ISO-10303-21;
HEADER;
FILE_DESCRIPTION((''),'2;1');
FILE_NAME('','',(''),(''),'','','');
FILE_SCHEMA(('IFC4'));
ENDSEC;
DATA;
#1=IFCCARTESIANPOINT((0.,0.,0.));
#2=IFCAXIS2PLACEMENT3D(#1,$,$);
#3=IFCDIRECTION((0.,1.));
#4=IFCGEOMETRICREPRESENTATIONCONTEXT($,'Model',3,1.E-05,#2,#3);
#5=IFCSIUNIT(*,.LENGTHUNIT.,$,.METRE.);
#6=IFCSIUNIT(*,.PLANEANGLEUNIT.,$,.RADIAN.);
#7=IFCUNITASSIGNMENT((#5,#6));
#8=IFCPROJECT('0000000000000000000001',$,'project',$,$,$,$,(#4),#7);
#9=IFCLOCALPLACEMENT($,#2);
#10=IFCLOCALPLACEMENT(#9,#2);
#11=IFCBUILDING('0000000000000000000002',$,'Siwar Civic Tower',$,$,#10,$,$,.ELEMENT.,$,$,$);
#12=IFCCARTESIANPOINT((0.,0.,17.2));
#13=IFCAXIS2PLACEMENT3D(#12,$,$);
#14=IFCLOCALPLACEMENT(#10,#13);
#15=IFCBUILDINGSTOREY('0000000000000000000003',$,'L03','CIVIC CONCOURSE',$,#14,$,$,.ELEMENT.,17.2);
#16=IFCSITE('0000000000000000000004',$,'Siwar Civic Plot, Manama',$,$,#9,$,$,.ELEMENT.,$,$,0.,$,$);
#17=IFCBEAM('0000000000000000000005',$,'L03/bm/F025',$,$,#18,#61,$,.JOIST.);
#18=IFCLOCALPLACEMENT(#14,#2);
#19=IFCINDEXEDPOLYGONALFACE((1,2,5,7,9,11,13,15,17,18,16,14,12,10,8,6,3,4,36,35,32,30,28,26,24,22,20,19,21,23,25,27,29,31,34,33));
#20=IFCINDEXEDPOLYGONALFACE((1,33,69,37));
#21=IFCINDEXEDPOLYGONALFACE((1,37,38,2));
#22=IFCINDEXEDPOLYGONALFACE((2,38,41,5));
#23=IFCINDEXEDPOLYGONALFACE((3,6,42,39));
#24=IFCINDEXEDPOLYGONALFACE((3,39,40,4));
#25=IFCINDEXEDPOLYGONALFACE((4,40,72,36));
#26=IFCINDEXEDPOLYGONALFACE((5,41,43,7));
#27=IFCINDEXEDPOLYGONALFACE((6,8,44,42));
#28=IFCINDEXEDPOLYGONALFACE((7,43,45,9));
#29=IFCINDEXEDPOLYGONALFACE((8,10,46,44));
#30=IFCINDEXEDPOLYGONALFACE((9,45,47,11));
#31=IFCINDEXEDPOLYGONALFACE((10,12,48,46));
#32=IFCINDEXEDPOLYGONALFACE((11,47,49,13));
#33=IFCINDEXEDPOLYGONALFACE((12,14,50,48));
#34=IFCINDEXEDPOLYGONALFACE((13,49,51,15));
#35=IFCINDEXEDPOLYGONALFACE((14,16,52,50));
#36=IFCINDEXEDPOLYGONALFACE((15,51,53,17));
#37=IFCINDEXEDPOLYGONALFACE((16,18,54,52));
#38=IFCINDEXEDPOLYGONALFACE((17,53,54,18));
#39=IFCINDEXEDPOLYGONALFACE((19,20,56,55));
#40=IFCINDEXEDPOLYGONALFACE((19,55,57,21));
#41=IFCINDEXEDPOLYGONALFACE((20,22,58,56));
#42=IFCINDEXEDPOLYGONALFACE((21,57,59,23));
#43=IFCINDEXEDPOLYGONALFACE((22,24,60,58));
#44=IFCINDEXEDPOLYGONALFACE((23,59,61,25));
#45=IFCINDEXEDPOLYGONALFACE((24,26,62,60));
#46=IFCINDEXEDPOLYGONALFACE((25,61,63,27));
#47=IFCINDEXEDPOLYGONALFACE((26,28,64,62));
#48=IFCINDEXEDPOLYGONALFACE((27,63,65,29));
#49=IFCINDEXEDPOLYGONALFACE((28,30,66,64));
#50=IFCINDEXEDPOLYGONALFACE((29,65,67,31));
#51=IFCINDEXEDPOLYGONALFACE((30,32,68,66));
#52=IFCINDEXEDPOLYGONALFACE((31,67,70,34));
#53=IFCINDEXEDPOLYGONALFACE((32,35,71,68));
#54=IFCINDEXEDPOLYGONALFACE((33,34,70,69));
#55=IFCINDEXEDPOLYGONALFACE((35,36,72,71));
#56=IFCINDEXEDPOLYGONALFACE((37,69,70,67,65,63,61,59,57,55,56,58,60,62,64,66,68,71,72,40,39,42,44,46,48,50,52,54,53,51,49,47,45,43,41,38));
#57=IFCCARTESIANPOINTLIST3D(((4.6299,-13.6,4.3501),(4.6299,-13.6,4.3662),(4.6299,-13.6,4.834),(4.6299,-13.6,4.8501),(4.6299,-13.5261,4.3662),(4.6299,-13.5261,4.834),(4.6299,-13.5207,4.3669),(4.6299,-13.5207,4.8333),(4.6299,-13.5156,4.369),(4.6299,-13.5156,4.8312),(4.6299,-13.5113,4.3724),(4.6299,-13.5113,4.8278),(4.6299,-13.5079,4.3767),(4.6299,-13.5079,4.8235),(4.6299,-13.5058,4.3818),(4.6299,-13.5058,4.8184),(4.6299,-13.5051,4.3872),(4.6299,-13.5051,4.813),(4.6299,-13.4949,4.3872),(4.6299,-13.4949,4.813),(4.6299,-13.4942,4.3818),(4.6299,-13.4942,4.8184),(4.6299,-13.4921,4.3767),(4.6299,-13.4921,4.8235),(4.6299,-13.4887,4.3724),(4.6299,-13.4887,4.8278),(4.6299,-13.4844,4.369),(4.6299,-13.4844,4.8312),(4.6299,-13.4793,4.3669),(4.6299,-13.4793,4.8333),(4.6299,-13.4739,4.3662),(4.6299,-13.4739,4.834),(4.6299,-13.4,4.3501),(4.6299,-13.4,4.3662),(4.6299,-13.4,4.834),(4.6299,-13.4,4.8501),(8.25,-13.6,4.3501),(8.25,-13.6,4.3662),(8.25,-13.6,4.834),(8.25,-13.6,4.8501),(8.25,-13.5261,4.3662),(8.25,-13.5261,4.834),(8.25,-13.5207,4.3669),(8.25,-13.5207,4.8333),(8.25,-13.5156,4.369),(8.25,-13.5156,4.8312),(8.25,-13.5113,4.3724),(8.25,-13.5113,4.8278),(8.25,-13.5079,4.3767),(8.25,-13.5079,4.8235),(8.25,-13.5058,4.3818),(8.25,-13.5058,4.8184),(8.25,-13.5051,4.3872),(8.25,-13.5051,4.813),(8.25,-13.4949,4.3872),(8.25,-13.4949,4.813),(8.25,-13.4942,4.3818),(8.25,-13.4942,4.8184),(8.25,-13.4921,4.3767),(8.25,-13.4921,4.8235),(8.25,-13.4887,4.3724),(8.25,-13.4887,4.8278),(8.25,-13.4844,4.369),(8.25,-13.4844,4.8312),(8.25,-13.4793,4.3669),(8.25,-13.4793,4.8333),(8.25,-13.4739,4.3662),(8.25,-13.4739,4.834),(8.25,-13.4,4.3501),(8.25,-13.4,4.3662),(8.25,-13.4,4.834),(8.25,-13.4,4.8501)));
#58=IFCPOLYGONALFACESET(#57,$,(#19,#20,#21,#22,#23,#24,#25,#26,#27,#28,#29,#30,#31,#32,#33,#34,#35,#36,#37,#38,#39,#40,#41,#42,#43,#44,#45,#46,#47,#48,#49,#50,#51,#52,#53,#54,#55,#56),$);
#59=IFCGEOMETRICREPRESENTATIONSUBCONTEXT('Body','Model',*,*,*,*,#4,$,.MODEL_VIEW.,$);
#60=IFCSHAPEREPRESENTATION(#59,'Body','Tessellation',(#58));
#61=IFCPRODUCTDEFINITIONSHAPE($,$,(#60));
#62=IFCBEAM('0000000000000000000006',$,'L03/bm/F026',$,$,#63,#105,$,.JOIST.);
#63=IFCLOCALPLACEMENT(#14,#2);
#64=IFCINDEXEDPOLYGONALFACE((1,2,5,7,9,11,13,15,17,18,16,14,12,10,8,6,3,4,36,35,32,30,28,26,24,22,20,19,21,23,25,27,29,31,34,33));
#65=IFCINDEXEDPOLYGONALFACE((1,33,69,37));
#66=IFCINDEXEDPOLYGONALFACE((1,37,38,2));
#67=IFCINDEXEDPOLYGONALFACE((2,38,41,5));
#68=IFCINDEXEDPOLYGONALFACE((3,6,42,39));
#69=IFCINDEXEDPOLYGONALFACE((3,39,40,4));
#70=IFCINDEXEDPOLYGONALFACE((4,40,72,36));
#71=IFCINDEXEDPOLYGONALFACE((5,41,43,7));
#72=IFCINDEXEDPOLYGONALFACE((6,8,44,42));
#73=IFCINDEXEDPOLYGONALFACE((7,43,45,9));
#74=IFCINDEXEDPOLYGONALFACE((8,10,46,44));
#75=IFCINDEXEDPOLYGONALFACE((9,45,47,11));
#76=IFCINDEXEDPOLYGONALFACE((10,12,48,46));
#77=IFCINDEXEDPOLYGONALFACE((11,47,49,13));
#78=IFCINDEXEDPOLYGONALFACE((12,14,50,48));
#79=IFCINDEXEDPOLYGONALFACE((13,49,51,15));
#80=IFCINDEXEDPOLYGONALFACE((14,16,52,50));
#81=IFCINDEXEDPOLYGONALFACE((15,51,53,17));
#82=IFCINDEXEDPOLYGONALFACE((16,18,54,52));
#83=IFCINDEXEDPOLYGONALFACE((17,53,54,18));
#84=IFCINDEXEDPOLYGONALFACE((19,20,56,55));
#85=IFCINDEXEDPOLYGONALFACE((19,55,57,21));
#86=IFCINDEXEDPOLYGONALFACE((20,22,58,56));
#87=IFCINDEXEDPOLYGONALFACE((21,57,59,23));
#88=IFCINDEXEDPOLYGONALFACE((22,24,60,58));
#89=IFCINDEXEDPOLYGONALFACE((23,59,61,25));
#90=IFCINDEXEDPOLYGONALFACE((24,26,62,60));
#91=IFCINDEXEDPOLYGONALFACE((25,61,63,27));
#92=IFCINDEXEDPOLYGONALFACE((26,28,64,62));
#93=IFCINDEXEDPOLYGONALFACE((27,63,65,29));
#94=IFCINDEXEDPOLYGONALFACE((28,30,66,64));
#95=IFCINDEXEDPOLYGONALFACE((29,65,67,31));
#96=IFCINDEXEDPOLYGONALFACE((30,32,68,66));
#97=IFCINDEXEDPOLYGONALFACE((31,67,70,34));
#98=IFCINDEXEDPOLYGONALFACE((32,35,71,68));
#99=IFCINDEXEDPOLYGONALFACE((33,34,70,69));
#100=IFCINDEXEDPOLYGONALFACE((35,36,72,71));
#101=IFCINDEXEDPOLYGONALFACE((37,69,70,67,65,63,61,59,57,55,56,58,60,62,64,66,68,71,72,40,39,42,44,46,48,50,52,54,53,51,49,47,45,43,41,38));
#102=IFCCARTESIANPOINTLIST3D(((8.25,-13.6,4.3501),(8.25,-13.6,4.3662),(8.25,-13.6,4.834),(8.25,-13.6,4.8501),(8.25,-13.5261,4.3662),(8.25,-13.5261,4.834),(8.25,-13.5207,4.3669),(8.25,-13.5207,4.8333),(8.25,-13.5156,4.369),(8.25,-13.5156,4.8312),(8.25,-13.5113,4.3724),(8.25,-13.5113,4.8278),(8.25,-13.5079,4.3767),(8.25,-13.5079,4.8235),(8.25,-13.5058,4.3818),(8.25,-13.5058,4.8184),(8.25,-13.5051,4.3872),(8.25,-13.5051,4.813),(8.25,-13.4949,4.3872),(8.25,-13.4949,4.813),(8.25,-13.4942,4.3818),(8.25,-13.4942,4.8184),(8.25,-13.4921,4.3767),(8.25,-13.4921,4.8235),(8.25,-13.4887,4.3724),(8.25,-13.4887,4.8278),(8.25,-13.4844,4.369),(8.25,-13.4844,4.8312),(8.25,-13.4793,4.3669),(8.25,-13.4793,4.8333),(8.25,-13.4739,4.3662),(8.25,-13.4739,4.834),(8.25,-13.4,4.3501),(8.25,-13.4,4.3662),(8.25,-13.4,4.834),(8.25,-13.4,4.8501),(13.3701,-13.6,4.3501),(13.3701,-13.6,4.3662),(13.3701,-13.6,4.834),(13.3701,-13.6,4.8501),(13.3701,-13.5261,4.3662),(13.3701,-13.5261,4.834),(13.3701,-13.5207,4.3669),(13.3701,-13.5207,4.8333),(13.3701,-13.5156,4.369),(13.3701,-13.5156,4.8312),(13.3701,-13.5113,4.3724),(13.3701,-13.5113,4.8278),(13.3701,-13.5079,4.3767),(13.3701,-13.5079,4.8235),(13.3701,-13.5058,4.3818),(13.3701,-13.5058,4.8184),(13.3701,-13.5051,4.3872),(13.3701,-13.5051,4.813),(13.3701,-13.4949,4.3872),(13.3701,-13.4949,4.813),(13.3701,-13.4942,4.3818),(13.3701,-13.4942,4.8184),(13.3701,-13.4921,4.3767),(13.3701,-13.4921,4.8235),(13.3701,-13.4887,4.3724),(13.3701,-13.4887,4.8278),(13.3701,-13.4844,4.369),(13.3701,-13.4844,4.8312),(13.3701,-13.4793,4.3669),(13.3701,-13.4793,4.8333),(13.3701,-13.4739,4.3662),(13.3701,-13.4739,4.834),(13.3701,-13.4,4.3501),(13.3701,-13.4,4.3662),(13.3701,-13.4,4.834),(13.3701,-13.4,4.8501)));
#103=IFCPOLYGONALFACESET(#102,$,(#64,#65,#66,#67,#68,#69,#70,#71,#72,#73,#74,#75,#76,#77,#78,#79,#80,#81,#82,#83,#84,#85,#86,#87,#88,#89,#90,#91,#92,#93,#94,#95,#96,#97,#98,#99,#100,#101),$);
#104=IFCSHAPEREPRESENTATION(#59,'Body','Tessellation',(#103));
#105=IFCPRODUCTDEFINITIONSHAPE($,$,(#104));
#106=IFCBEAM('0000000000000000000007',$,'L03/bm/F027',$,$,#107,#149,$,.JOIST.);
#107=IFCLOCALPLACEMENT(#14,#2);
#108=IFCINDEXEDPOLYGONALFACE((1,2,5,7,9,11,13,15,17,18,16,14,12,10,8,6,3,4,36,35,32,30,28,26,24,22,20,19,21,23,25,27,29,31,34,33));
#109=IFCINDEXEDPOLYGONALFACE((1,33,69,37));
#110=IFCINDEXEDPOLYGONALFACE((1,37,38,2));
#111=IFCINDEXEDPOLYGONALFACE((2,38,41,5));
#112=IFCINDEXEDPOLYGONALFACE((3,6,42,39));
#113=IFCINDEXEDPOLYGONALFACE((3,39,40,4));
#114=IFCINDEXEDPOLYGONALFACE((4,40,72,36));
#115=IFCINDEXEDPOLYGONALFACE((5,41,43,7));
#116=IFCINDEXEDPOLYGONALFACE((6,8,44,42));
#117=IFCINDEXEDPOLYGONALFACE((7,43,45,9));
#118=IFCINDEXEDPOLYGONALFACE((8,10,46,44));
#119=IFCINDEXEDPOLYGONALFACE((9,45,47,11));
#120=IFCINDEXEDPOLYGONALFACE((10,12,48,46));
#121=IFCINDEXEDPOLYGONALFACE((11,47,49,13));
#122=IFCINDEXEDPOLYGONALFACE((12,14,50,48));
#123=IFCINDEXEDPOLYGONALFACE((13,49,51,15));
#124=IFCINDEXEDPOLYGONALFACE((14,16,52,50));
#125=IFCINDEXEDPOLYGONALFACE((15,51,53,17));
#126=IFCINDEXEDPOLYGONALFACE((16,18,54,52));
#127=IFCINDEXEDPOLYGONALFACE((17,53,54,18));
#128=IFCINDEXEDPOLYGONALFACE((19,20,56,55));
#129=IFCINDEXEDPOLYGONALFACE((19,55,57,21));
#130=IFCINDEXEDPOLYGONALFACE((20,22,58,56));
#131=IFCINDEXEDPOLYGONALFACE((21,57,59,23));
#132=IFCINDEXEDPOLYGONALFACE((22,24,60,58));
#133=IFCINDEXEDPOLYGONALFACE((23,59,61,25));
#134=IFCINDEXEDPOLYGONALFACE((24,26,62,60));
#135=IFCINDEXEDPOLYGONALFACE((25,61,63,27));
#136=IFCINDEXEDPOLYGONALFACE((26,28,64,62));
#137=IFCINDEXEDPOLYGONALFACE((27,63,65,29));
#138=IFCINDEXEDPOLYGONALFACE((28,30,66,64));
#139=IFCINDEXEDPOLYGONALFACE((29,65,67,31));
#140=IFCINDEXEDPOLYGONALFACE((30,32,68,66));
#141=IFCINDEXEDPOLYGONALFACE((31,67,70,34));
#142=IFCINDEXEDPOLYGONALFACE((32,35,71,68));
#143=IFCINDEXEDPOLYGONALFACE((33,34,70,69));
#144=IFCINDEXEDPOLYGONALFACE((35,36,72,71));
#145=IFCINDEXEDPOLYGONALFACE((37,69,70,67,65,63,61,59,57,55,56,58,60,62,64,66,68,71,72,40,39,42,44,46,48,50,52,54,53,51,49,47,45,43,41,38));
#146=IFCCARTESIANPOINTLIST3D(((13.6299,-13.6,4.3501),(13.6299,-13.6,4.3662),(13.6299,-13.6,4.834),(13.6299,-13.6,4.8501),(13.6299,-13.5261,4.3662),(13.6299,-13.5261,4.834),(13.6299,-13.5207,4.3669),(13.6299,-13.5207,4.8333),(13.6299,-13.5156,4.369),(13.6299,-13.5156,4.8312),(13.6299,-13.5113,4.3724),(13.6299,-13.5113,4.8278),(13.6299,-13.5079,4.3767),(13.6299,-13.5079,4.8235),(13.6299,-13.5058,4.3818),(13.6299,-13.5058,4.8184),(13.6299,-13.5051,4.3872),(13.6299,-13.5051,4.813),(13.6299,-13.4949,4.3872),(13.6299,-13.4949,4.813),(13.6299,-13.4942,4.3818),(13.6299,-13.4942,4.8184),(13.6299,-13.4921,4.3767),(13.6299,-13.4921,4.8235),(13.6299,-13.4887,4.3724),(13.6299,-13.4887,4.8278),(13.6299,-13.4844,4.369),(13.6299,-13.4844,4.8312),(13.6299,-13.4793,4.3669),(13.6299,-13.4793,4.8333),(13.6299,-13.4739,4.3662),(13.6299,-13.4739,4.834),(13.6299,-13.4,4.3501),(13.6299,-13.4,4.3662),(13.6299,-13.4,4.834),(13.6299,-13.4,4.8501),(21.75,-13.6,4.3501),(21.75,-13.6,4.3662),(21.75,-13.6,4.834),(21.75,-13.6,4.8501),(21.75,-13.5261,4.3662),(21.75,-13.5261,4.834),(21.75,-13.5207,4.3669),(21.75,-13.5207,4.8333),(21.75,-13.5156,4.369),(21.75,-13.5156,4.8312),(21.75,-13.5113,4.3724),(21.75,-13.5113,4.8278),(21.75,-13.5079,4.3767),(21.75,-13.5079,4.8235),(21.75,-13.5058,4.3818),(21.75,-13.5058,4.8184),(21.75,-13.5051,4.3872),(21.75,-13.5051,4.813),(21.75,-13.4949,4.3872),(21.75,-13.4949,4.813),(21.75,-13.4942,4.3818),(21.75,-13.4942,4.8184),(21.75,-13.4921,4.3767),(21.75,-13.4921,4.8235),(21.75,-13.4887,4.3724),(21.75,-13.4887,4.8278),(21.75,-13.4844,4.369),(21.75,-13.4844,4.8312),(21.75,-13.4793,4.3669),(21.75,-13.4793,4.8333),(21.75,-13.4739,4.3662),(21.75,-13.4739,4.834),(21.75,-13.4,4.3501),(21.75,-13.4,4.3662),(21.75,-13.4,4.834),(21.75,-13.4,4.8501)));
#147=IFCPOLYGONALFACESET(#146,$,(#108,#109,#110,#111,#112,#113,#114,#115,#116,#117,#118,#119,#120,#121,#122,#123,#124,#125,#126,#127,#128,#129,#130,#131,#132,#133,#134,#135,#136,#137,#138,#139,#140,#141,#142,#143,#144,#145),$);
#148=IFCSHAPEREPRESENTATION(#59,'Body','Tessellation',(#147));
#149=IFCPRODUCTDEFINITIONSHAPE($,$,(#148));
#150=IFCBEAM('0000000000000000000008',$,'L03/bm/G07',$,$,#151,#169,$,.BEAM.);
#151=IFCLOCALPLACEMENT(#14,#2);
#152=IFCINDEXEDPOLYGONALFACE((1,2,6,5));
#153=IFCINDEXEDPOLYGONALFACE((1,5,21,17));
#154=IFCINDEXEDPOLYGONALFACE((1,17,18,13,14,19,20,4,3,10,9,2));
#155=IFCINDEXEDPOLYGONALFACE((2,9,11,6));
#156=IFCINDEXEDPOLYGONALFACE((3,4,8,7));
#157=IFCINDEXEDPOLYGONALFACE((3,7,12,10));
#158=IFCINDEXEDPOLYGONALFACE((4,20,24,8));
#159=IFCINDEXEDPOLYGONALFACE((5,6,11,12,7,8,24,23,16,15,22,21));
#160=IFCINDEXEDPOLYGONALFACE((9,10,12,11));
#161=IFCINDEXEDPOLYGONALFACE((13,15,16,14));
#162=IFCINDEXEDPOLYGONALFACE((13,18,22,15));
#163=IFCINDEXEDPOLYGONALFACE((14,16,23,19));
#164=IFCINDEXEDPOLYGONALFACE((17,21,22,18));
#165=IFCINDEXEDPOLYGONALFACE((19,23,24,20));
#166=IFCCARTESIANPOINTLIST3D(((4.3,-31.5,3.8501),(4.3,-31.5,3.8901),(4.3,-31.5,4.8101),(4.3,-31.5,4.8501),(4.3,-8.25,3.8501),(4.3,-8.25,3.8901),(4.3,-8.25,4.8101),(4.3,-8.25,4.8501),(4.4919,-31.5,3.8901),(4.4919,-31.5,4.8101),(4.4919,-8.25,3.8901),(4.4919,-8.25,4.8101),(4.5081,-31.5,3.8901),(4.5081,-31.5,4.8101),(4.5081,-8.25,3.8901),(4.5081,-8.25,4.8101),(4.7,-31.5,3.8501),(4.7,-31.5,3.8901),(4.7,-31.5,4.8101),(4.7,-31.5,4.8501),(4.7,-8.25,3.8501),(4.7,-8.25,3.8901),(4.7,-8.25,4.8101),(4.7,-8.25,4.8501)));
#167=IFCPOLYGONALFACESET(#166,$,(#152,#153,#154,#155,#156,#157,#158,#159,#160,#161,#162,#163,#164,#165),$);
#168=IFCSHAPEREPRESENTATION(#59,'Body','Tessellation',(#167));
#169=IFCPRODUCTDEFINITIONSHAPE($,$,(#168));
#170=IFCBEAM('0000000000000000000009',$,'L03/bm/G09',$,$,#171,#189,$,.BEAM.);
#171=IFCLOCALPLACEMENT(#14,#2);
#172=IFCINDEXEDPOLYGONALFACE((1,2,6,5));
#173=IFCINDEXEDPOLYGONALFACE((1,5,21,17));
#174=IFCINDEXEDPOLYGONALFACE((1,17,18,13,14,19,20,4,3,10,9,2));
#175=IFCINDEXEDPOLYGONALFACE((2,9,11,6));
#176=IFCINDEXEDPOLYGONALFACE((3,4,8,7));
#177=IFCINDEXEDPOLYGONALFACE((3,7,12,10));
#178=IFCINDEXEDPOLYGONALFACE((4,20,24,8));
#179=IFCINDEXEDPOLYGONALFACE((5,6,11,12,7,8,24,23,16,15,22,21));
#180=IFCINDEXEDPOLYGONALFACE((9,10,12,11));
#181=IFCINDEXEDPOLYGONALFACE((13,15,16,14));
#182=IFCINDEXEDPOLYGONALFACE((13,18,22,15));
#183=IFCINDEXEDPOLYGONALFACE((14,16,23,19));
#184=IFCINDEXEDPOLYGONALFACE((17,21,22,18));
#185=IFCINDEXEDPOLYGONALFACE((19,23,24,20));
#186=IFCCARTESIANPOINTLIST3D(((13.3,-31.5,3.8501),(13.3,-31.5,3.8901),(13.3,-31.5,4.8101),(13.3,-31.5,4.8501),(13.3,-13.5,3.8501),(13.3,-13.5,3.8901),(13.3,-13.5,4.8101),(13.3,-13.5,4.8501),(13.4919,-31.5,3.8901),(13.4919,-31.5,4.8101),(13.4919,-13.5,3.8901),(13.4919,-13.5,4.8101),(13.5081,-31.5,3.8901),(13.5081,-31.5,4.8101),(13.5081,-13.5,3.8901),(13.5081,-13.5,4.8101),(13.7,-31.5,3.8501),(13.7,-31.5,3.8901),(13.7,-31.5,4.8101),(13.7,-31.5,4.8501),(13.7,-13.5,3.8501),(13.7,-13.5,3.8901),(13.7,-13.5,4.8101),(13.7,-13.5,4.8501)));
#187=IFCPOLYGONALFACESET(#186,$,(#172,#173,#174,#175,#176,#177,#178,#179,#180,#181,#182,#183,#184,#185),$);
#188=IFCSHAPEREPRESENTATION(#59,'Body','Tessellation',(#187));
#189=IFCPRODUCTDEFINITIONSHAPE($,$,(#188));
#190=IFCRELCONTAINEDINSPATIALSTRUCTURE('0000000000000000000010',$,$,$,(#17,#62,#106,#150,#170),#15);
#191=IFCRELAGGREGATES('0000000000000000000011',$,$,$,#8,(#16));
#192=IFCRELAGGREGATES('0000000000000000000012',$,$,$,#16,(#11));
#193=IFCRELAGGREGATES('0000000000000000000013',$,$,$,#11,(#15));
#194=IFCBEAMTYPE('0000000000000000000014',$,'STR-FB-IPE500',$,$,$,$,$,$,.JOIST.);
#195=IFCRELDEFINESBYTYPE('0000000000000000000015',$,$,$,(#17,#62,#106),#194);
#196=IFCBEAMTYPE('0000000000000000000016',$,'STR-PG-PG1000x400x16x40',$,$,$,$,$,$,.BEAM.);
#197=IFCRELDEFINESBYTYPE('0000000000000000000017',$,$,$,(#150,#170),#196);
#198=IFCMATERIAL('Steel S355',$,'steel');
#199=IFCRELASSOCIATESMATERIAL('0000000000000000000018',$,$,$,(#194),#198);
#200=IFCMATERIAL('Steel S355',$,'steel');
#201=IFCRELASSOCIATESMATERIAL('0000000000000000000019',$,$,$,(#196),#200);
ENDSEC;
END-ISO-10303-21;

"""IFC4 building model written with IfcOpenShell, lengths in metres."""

from ifc_helpers import new_model, si_unit, direction, frame, origin, origin_2d, place, context, subcontext, project, spatial, i_section, extrude, material, material_profile, profile_set, type_object, element, save


model = new_model("IFC4")

# Units and contexts
model_context = context("Model", 3, precision=1e-05, world=origin(), true_north=direction((0.0, 1.0)))
body_context = subcontext(model_context, "Body", "Model", "MODEL_VIEW")
ifc_project = project(units=[si_unit("LENGTHUNIT", "METRE"), si_unit("PLANEANGLEUNIT", "RADIAN")], contexts=[model_context])

# Site, building, storey
site_placement = place(None, origin())
site = spatial("IfcSite", under=ifc_project, at=site_placement, Name="Siwar Civic Plot, Manama", CompositionType="ELEMENT", RefElevation=0.0)
building_placement = place(site_placement, origin())
building = spatial("IfcBuilding", under=site, at=building_placement, Name="Siwar Civic Tower", CompositionType="ELEMENT")
storey_placement = place(building_placement, frame((0.0, 0.0, 17.2)))
storey = spatial("IfcBuildingStorey", under=building, at=storey_placement, Name="L03", Description="CIVIC CONCOURSE", CompositionType="ELEMENT", Elevation=17.2)

# Beams
ifc_material_1 = material(Name="Steel S355", Category="steel")
ifc_material_profile_1 = material_profile(ifc_material_1, i_section(OverallWidth=0.2, OverallDepth=0.5, WebThickness=0.0103, FlangeThickness=0.0161, FilletRadius=0.021, at=origin_2d()), Name="IPE500")
ifc_profile_set_1 = profile_set([ifc_material_profile_1], Name="Steel S355")
beam_type_1 = type_object("IfcBeamType", Name="STR-FB-IPE500", PredefinedType="JOIST", material=ifc_profile_set_1)
beam_1_placement = place(storey_placement, frame((4.6299, -13.5, 4.6001), z_axis=(1.0, 0.0, 0.0), x_axis=(0.0, 1.0, 0.0)))
element("IfcBeam", 1, at=beam_1_placement, inside=storey, type_object=beam_type_1, Name="L03/bm/F025", PredefinedType="JOIST", context=body_context, shape_type="SweptSolid", body=[
    extrude(i_section(OverallWidth=0.2, OverallDepth=0.5, WebThickness=0.0103, FlangeThickness=0.0161, FilletRadius=0.021, at=origin_2d()), origin(), (0.0, 0.0, 1.0), 3.6201),
])
beam_2_placement = place(storey_placement, frame((8.25, -13.5, 4.6001), z_axis=(1.0, 0.0, 0.0), x_axis=(0.0, 1.0, 0.0)))
element("IfcBeam", 2, at=beam_2_placement, inside=storey, type_object=beam_type_1, Name="L03/bm/F026", PredefinedType="JOIST", context=body_context, shape_type="SweptSolid", body=[
    extrude(i_section(OverallWidth=0.2, OverallDepth=0.5, WebThickness=0.0103, FlangeThickness=0.0161, FilletRadius=0.021, at=origin_2d()), origin(), (0.0, 0.0, 1.0), 5.1201),
])
beam_3_placement = place(storey_placement, frame((13.6299, -13.5, 4.6001), z_axis=(1.0, 0.0, 0.0), x_axis=(0.0, 1.0, 0.0)))
element("IfcBeam", 3, at=beam_3_placement, inside=storey, type_object=beam_type_1, Name="L03/bm/F027", PredefinedType="JOIST", context=body_context, shape_type="SweptSolid", body=[
    extrude(i_section(OverallWidth=0.2, OverallDepth=0.5, WebThickness=0.0103, FlangeThickness=0.0161, FilletRadius=0.021, at=origin_2d()), origin(), (0.0, 0.0, 1.0), 8.1201),
])
ifc_material_2 = material(Name="Steel S355", Category="steel")
ifc_material_profile_2 = material_profile(ifc_material_2, i_section(OverallWidth=0.3999, OverallDepth=1.0, WebThickness=0.0161, FlangeThickness=0.04, at=origin_2d()), Name="PG1000x400x16x40")
ifc_profile_set_2 = profile_set([ifc_material_profile_2], Name="Steel S355")
beam_type_2 = type_object("IfcBeamType", Name="STR-PG-PG1000x400x16x40", PredefinedType="BEAM", material=ifc_profile_set_2)
beam_4_placement = place(storey_placement, frame((4.5, -31.5, 4.3501), z_axis=(0.0, 1.0, 0.0), x_axis=(-1.0, 0.0, 0.0)))
element("IfcBeam", 4, at=beam_4_placement, inside=storey, type_object=beam_type_2, Name="L03/bm/G07", PredefinedType="BEAM", context=body_context, shape_type="SweptSolid", body=[
    extrude(i_section(OverallWidth=0.3999, OverallDepth=1.0, WebThickness=0.0161, FlangeThickness=0.04, at=origin_2d()), origin(), (0.0, 0.0, 1.0), 23.25),
])
beam_5_placement = place(storey_placement, frame((13.5, -31.5, 4.3501), z_axis=(0.0, 1.0, 0.0), x_axis=(-1.0, 0.0, 0.0)))
element("IfcBeam", 5, at=beam_5_placement, inside=storey, type_object=beam_type_2, Name="L03/bm/G09", PredefinedType="BEAM", context=body_context, shape_type="SweptSolid", body=[
    extrude(i_section(OverallWidth=0.3999, OverallDepth=1.0, WebThickness=0.0161, FlangeThickness=0.04, at=origin_2d()), origin(), (0.0, 0.0, 1.0), 18.0),
])

save(model, "model.ifc")
